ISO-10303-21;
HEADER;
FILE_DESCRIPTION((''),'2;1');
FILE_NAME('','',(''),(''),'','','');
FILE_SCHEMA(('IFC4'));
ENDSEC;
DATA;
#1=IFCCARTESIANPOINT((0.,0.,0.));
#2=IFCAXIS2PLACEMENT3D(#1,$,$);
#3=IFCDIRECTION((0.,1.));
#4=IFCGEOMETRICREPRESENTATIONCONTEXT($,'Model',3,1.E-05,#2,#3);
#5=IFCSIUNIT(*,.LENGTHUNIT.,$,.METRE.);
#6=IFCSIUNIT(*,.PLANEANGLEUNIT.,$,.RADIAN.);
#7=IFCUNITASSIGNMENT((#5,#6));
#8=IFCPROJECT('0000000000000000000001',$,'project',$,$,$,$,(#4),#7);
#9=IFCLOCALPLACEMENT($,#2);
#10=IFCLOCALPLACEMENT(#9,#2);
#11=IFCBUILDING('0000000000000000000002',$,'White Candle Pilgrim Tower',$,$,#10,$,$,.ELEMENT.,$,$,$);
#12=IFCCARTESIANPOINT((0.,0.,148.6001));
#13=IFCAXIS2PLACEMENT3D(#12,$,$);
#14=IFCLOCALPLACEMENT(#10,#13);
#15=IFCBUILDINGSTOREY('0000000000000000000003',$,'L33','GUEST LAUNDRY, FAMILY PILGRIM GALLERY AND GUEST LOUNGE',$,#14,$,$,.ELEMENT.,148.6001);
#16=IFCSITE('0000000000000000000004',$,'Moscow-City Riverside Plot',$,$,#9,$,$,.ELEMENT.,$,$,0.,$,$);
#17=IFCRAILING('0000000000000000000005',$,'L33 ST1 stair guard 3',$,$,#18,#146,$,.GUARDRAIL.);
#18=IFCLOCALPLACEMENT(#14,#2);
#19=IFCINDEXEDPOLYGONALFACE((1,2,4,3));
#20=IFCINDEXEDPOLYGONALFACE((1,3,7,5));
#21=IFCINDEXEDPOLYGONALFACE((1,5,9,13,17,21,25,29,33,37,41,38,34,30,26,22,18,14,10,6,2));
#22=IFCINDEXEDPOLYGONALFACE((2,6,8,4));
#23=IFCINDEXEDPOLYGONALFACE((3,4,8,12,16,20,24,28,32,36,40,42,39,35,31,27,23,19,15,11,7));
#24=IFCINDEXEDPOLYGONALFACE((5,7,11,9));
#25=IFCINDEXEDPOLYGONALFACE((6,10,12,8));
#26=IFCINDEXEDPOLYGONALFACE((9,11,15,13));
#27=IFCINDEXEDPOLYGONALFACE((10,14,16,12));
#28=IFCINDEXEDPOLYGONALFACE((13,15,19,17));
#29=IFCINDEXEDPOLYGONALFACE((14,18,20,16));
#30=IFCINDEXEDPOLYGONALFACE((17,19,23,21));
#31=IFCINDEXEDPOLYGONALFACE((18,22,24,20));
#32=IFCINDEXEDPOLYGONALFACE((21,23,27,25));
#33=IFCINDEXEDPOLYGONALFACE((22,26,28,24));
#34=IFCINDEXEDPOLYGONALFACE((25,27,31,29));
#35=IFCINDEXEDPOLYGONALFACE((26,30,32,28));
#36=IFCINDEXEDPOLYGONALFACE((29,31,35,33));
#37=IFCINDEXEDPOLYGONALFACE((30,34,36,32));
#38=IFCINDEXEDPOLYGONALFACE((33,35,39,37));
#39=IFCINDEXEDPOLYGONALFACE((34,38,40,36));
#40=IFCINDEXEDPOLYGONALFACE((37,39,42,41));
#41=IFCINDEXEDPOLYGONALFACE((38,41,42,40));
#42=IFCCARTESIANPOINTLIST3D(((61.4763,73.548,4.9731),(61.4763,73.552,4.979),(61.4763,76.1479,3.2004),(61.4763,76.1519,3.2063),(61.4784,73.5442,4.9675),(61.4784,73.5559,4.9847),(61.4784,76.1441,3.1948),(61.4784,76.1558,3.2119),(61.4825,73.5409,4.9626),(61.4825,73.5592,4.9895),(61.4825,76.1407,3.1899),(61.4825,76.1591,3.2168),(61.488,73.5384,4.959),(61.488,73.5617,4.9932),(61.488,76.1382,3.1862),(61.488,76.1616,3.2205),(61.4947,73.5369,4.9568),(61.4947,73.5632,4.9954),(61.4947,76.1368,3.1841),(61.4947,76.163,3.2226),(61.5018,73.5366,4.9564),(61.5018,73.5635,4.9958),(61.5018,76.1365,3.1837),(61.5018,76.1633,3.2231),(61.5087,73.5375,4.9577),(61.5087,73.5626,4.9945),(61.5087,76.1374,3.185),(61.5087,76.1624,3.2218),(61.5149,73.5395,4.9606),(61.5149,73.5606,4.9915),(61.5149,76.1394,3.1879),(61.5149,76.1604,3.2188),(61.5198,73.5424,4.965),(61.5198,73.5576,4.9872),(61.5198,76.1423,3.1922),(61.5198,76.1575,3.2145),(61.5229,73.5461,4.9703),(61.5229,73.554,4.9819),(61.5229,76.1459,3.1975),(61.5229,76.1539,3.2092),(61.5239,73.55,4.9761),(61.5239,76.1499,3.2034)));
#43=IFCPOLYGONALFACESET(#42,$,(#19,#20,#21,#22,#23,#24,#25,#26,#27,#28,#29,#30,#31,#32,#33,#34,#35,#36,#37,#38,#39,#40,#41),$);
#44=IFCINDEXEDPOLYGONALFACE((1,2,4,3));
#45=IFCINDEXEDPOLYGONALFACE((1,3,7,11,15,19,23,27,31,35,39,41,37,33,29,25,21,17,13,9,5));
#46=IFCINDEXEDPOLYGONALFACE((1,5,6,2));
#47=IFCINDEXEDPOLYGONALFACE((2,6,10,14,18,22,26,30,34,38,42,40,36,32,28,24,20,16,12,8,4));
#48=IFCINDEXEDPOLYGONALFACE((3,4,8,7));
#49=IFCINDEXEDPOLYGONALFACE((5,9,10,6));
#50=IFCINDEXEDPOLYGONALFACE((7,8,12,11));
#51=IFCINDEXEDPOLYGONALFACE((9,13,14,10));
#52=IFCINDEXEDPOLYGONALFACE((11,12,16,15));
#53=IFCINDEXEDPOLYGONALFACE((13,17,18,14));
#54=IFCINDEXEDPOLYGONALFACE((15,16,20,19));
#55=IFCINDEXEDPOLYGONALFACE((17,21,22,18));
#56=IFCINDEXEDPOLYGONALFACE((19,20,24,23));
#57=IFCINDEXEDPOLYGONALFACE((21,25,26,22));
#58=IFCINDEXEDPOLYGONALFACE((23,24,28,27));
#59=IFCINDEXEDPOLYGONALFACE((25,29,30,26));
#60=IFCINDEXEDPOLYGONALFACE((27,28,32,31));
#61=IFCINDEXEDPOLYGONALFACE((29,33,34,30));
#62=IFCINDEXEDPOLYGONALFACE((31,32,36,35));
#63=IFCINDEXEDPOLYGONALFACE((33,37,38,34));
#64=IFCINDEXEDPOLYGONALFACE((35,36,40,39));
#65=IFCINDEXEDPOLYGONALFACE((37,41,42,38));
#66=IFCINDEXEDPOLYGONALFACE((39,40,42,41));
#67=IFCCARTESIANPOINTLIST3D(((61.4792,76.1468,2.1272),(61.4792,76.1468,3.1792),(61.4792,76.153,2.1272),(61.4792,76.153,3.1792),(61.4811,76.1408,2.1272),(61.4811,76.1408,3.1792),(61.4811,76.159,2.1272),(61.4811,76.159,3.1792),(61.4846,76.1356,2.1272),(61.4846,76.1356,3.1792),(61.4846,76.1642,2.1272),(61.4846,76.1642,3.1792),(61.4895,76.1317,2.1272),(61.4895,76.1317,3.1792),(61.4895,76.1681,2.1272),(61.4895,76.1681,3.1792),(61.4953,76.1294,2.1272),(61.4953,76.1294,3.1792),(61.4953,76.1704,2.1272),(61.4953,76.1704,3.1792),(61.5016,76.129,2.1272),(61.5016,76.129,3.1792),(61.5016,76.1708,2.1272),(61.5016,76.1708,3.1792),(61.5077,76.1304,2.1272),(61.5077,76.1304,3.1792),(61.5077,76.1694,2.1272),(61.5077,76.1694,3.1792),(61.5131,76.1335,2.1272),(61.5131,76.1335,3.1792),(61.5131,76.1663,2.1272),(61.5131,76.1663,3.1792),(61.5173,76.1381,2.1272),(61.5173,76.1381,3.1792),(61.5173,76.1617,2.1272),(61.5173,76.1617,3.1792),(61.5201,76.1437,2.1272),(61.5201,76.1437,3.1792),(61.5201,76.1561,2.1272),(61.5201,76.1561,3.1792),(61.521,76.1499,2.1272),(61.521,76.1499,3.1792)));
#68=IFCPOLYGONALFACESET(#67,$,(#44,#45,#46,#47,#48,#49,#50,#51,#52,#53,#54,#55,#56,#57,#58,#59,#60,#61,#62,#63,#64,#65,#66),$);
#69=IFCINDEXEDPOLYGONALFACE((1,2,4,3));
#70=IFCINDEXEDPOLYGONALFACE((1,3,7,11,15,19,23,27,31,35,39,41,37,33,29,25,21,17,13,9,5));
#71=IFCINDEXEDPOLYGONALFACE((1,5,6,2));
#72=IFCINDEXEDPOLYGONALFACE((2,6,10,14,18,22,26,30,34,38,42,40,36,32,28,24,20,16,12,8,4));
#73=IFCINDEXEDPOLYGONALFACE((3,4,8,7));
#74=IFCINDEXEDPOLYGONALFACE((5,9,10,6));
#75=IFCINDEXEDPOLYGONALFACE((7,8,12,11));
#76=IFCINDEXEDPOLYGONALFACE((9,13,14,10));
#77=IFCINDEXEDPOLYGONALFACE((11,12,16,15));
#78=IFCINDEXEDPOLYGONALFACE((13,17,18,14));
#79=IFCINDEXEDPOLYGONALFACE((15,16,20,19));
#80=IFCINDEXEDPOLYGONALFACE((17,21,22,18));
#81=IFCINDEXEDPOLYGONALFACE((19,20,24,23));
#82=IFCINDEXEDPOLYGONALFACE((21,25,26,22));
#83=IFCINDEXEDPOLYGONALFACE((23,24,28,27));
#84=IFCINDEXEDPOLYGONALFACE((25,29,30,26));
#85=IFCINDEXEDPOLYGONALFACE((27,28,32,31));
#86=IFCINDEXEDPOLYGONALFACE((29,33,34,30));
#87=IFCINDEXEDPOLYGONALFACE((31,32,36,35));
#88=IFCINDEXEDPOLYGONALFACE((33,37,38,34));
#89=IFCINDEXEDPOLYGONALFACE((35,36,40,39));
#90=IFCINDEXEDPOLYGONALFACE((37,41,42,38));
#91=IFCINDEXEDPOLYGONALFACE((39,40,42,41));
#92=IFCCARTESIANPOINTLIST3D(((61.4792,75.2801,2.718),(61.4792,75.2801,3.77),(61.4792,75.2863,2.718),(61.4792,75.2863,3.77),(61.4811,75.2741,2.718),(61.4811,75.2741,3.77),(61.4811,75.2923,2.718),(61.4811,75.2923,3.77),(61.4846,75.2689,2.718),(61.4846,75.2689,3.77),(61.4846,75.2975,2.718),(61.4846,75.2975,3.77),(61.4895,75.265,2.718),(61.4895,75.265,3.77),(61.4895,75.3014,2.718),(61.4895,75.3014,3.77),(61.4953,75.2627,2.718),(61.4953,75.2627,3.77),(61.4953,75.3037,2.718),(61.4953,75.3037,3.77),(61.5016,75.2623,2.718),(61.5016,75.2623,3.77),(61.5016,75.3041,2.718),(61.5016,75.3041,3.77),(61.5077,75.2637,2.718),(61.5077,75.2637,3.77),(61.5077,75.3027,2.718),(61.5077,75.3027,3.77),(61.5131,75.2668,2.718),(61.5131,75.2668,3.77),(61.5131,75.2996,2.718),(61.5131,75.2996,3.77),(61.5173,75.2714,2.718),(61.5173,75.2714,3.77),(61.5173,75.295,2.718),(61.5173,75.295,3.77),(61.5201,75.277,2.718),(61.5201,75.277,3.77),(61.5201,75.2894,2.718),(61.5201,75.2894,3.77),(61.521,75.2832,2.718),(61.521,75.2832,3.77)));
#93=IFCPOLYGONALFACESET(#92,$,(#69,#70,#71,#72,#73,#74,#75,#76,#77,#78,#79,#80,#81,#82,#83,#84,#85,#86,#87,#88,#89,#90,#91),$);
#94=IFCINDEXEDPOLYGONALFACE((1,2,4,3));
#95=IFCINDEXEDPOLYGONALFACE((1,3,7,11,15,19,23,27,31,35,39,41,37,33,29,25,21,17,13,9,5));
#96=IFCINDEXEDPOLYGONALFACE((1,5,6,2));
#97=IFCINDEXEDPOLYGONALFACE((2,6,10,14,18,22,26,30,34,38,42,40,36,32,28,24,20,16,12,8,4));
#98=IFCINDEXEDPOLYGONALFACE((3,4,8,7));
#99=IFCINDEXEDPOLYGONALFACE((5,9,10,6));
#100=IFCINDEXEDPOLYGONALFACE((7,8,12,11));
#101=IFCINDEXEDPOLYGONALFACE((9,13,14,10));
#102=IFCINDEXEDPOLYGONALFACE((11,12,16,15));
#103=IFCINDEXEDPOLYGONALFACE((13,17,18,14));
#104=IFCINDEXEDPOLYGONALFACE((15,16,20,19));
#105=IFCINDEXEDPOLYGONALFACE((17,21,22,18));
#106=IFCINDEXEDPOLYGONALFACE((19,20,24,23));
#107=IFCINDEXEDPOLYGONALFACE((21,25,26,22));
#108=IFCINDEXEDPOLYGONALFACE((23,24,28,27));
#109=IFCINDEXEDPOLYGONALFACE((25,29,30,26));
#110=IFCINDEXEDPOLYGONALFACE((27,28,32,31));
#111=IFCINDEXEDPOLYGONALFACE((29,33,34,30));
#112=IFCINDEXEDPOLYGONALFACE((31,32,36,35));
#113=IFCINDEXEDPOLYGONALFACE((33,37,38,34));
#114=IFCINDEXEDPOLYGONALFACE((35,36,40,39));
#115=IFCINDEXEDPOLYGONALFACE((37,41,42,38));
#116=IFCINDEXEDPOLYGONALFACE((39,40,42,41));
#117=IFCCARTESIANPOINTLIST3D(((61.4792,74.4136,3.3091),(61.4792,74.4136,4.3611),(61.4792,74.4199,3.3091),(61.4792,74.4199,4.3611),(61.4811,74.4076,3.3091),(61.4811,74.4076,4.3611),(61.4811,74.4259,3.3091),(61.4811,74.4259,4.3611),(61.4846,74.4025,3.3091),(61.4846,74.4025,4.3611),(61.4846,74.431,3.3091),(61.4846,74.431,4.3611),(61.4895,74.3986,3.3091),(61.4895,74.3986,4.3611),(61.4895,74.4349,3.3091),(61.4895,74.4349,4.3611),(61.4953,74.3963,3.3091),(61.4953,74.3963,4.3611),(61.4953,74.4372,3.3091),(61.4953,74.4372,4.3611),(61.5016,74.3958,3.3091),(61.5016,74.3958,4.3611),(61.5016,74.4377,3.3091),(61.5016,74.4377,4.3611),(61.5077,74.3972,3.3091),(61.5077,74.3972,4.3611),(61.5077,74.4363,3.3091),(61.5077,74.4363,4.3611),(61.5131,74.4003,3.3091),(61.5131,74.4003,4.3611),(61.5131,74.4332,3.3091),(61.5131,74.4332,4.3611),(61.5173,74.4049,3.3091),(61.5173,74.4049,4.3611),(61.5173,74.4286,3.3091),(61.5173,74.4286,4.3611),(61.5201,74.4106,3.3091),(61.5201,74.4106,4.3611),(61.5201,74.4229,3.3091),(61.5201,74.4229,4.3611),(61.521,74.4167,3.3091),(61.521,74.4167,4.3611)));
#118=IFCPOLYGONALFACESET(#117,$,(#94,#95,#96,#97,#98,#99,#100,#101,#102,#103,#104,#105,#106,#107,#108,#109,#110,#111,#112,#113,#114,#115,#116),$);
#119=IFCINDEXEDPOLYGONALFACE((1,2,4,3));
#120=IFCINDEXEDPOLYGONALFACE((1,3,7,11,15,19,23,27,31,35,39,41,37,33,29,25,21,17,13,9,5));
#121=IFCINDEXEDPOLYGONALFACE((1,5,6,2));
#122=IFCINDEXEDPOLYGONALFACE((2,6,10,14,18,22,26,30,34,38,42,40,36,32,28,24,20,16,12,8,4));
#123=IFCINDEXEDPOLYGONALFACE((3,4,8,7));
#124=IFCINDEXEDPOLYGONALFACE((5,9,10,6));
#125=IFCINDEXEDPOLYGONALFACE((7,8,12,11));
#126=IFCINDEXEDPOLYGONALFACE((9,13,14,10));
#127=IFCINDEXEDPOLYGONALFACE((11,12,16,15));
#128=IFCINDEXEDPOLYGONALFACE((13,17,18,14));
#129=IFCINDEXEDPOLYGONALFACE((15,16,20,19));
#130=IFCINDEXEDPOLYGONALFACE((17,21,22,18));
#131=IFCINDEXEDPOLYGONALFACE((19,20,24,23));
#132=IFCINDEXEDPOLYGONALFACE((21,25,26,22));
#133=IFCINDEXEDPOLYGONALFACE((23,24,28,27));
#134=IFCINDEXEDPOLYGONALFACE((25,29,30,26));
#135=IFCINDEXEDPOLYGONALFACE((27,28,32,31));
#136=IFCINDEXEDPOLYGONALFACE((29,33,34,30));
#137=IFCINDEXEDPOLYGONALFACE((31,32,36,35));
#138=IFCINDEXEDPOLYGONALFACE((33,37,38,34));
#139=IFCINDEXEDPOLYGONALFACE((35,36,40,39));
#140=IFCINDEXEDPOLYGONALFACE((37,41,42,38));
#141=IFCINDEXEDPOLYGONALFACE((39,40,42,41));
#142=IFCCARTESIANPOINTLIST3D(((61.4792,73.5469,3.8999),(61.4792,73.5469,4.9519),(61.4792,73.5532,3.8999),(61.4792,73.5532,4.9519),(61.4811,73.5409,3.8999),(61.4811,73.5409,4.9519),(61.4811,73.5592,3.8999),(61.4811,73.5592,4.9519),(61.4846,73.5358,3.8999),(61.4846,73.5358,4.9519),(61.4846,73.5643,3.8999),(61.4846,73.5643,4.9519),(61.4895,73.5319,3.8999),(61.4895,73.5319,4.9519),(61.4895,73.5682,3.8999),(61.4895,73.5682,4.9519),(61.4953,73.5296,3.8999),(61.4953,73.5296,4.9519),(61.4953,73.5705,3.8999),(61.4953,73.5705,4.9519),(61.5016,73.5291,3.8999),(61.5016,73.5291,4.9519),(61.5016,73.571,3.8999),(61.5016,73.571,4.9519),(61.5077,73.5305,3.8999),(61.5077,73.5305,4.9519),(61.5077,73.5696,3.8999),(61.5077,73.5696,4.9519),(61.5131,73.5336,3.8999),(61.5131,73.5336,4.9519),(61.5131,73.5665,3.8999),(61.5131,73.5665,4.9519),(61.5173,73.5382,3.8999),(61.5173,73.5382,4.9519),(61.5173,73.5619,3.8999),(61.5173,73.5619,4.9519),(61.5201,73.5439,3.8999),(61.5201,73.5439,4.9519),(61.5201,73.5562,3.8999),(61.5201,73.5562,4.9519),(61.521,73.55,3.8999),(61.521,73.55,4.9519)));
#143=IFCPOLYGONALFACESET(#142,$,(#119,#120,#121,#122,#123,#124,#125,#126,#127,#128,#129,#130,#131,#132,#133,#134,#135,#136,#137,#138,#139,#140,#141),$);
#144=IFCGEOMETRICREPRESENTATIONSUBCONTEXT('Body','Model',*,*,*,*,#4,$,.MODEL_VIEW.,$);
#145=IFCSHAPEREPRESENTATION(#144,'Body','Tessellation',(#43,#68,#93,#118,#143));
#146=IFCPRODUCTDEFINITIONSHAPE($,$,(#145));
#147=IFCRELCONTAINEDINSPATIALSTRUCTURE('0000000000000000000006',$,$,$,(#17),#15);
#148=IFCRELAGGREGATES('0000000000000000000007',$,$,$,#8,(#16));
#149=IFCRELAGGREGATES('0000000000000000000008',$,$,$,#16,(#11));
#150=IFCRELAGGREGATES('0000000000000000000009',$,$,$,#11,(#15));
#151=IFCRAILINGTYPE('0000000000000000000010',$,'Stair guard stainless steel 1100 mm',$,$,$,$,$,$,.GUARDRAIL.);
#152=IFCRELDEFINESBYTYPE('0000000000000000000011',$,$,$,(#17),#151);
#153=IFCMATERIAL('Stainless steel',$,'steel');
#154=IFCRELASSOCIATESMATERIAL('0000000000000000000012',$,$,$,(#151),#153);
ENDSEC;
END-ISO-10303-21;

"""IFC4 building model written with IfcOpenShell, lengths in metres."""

from ifc_helpers import new_model, si_unit, direction, frame, origin, origin_2d, place, context, subcontext, project, spatial, circle, extrude, material, type_object, element, save


model = new_model("IFC4")

# Units and contexts
model_context = context("Model", 3, precision=1e-05, world=origin(), true_north=direction((0.0, 1.0)))
body_context = subcontext(model_context, "Body", "Model", "MODEL_VIEW")
ifc_project = project(units=[si_unit("LENGTHUNIT", "METRE"), si_unit("PLANEANGLEUNIT", "RADIAN")], contexts=[model_context])

# Site, building, storey
site_placement = place(None, origin())
site = spatial("IfcSite", under=ifc_project, at=site_placement, Name="Moscow-City Riverside Plot", CompositionType="ELEMENT", RefElevation=0.0)
building_placement = place(site_placement, origin())
building = spatial("IfcBuilding", under=site, at=building_placement, Name="White Candle Pilgrim Tower", CompositionType="ELEMENT")
storey_placement = place(building_placement, frame((0.0, 0.0, 148.6001)))
storey = spatial("IfcBuildingStorey", under=building, at=storey_placement, Name="L33", Description="GUEST LAUNDRY, FAMILY PILGRIM GALLERY AND GUEST LOUNGE", CompositionType="ELEMENT", Elevation=148.6001)

# Shared definitions
ifc_material_1 = material(Name="Stainless steel", Category="steel")

# Railing
railing_type_1 = type_object("IfcRailingType", Name="Stair guard stainless steel 1100 mm", PredefinedType="GUARDRAIL", material=ifc_material_1)
railing_1_placement = place(storey_placement, frame((61.5, 76.1499, 2.1272)))
element("IfcRailing", 1, at=railing_1_placement, inside=storey, type_object=railing_type_1, Name="L33 ST1 stair guard 3", PredefinedType="GUARDRAIL", context=body_context, shape_type="SweptSolid", body=[
    extrude(circle(Radius=0.0239, at=origin_2d()), frame((0.0, 0.0, 1.0762), z_axis=(0.0, -0.826216, 0.563354), x_axis=(1.0, 0.0, 0.0)), (0.0, 0.0, 1.0), 3.1467),
    extrude(circle(Radius=0.021, at=origin_2d()), origin(), (0.0, 0.0, 1.0), 1.052),
    extrude(circle(Radius=0.021, at=origin_2d()), frame((0.0, -0.8667, 0.5908)), (0.0, 0.0, 1.0), 1.052),
    extrude(circle(Radius=0.021, at=origin_2d()), frame((0.0, -1.7332, 1.1819)), (0.0, 0.0, 1.0), 1.052),
    extrude(circle(Radius=0.021, at=origin_2d()), frame((0.0, -2.5999, 1.7727)), (0.0, 0.0, 1.0), 1.052),
])

save(model, "model.ifc")
